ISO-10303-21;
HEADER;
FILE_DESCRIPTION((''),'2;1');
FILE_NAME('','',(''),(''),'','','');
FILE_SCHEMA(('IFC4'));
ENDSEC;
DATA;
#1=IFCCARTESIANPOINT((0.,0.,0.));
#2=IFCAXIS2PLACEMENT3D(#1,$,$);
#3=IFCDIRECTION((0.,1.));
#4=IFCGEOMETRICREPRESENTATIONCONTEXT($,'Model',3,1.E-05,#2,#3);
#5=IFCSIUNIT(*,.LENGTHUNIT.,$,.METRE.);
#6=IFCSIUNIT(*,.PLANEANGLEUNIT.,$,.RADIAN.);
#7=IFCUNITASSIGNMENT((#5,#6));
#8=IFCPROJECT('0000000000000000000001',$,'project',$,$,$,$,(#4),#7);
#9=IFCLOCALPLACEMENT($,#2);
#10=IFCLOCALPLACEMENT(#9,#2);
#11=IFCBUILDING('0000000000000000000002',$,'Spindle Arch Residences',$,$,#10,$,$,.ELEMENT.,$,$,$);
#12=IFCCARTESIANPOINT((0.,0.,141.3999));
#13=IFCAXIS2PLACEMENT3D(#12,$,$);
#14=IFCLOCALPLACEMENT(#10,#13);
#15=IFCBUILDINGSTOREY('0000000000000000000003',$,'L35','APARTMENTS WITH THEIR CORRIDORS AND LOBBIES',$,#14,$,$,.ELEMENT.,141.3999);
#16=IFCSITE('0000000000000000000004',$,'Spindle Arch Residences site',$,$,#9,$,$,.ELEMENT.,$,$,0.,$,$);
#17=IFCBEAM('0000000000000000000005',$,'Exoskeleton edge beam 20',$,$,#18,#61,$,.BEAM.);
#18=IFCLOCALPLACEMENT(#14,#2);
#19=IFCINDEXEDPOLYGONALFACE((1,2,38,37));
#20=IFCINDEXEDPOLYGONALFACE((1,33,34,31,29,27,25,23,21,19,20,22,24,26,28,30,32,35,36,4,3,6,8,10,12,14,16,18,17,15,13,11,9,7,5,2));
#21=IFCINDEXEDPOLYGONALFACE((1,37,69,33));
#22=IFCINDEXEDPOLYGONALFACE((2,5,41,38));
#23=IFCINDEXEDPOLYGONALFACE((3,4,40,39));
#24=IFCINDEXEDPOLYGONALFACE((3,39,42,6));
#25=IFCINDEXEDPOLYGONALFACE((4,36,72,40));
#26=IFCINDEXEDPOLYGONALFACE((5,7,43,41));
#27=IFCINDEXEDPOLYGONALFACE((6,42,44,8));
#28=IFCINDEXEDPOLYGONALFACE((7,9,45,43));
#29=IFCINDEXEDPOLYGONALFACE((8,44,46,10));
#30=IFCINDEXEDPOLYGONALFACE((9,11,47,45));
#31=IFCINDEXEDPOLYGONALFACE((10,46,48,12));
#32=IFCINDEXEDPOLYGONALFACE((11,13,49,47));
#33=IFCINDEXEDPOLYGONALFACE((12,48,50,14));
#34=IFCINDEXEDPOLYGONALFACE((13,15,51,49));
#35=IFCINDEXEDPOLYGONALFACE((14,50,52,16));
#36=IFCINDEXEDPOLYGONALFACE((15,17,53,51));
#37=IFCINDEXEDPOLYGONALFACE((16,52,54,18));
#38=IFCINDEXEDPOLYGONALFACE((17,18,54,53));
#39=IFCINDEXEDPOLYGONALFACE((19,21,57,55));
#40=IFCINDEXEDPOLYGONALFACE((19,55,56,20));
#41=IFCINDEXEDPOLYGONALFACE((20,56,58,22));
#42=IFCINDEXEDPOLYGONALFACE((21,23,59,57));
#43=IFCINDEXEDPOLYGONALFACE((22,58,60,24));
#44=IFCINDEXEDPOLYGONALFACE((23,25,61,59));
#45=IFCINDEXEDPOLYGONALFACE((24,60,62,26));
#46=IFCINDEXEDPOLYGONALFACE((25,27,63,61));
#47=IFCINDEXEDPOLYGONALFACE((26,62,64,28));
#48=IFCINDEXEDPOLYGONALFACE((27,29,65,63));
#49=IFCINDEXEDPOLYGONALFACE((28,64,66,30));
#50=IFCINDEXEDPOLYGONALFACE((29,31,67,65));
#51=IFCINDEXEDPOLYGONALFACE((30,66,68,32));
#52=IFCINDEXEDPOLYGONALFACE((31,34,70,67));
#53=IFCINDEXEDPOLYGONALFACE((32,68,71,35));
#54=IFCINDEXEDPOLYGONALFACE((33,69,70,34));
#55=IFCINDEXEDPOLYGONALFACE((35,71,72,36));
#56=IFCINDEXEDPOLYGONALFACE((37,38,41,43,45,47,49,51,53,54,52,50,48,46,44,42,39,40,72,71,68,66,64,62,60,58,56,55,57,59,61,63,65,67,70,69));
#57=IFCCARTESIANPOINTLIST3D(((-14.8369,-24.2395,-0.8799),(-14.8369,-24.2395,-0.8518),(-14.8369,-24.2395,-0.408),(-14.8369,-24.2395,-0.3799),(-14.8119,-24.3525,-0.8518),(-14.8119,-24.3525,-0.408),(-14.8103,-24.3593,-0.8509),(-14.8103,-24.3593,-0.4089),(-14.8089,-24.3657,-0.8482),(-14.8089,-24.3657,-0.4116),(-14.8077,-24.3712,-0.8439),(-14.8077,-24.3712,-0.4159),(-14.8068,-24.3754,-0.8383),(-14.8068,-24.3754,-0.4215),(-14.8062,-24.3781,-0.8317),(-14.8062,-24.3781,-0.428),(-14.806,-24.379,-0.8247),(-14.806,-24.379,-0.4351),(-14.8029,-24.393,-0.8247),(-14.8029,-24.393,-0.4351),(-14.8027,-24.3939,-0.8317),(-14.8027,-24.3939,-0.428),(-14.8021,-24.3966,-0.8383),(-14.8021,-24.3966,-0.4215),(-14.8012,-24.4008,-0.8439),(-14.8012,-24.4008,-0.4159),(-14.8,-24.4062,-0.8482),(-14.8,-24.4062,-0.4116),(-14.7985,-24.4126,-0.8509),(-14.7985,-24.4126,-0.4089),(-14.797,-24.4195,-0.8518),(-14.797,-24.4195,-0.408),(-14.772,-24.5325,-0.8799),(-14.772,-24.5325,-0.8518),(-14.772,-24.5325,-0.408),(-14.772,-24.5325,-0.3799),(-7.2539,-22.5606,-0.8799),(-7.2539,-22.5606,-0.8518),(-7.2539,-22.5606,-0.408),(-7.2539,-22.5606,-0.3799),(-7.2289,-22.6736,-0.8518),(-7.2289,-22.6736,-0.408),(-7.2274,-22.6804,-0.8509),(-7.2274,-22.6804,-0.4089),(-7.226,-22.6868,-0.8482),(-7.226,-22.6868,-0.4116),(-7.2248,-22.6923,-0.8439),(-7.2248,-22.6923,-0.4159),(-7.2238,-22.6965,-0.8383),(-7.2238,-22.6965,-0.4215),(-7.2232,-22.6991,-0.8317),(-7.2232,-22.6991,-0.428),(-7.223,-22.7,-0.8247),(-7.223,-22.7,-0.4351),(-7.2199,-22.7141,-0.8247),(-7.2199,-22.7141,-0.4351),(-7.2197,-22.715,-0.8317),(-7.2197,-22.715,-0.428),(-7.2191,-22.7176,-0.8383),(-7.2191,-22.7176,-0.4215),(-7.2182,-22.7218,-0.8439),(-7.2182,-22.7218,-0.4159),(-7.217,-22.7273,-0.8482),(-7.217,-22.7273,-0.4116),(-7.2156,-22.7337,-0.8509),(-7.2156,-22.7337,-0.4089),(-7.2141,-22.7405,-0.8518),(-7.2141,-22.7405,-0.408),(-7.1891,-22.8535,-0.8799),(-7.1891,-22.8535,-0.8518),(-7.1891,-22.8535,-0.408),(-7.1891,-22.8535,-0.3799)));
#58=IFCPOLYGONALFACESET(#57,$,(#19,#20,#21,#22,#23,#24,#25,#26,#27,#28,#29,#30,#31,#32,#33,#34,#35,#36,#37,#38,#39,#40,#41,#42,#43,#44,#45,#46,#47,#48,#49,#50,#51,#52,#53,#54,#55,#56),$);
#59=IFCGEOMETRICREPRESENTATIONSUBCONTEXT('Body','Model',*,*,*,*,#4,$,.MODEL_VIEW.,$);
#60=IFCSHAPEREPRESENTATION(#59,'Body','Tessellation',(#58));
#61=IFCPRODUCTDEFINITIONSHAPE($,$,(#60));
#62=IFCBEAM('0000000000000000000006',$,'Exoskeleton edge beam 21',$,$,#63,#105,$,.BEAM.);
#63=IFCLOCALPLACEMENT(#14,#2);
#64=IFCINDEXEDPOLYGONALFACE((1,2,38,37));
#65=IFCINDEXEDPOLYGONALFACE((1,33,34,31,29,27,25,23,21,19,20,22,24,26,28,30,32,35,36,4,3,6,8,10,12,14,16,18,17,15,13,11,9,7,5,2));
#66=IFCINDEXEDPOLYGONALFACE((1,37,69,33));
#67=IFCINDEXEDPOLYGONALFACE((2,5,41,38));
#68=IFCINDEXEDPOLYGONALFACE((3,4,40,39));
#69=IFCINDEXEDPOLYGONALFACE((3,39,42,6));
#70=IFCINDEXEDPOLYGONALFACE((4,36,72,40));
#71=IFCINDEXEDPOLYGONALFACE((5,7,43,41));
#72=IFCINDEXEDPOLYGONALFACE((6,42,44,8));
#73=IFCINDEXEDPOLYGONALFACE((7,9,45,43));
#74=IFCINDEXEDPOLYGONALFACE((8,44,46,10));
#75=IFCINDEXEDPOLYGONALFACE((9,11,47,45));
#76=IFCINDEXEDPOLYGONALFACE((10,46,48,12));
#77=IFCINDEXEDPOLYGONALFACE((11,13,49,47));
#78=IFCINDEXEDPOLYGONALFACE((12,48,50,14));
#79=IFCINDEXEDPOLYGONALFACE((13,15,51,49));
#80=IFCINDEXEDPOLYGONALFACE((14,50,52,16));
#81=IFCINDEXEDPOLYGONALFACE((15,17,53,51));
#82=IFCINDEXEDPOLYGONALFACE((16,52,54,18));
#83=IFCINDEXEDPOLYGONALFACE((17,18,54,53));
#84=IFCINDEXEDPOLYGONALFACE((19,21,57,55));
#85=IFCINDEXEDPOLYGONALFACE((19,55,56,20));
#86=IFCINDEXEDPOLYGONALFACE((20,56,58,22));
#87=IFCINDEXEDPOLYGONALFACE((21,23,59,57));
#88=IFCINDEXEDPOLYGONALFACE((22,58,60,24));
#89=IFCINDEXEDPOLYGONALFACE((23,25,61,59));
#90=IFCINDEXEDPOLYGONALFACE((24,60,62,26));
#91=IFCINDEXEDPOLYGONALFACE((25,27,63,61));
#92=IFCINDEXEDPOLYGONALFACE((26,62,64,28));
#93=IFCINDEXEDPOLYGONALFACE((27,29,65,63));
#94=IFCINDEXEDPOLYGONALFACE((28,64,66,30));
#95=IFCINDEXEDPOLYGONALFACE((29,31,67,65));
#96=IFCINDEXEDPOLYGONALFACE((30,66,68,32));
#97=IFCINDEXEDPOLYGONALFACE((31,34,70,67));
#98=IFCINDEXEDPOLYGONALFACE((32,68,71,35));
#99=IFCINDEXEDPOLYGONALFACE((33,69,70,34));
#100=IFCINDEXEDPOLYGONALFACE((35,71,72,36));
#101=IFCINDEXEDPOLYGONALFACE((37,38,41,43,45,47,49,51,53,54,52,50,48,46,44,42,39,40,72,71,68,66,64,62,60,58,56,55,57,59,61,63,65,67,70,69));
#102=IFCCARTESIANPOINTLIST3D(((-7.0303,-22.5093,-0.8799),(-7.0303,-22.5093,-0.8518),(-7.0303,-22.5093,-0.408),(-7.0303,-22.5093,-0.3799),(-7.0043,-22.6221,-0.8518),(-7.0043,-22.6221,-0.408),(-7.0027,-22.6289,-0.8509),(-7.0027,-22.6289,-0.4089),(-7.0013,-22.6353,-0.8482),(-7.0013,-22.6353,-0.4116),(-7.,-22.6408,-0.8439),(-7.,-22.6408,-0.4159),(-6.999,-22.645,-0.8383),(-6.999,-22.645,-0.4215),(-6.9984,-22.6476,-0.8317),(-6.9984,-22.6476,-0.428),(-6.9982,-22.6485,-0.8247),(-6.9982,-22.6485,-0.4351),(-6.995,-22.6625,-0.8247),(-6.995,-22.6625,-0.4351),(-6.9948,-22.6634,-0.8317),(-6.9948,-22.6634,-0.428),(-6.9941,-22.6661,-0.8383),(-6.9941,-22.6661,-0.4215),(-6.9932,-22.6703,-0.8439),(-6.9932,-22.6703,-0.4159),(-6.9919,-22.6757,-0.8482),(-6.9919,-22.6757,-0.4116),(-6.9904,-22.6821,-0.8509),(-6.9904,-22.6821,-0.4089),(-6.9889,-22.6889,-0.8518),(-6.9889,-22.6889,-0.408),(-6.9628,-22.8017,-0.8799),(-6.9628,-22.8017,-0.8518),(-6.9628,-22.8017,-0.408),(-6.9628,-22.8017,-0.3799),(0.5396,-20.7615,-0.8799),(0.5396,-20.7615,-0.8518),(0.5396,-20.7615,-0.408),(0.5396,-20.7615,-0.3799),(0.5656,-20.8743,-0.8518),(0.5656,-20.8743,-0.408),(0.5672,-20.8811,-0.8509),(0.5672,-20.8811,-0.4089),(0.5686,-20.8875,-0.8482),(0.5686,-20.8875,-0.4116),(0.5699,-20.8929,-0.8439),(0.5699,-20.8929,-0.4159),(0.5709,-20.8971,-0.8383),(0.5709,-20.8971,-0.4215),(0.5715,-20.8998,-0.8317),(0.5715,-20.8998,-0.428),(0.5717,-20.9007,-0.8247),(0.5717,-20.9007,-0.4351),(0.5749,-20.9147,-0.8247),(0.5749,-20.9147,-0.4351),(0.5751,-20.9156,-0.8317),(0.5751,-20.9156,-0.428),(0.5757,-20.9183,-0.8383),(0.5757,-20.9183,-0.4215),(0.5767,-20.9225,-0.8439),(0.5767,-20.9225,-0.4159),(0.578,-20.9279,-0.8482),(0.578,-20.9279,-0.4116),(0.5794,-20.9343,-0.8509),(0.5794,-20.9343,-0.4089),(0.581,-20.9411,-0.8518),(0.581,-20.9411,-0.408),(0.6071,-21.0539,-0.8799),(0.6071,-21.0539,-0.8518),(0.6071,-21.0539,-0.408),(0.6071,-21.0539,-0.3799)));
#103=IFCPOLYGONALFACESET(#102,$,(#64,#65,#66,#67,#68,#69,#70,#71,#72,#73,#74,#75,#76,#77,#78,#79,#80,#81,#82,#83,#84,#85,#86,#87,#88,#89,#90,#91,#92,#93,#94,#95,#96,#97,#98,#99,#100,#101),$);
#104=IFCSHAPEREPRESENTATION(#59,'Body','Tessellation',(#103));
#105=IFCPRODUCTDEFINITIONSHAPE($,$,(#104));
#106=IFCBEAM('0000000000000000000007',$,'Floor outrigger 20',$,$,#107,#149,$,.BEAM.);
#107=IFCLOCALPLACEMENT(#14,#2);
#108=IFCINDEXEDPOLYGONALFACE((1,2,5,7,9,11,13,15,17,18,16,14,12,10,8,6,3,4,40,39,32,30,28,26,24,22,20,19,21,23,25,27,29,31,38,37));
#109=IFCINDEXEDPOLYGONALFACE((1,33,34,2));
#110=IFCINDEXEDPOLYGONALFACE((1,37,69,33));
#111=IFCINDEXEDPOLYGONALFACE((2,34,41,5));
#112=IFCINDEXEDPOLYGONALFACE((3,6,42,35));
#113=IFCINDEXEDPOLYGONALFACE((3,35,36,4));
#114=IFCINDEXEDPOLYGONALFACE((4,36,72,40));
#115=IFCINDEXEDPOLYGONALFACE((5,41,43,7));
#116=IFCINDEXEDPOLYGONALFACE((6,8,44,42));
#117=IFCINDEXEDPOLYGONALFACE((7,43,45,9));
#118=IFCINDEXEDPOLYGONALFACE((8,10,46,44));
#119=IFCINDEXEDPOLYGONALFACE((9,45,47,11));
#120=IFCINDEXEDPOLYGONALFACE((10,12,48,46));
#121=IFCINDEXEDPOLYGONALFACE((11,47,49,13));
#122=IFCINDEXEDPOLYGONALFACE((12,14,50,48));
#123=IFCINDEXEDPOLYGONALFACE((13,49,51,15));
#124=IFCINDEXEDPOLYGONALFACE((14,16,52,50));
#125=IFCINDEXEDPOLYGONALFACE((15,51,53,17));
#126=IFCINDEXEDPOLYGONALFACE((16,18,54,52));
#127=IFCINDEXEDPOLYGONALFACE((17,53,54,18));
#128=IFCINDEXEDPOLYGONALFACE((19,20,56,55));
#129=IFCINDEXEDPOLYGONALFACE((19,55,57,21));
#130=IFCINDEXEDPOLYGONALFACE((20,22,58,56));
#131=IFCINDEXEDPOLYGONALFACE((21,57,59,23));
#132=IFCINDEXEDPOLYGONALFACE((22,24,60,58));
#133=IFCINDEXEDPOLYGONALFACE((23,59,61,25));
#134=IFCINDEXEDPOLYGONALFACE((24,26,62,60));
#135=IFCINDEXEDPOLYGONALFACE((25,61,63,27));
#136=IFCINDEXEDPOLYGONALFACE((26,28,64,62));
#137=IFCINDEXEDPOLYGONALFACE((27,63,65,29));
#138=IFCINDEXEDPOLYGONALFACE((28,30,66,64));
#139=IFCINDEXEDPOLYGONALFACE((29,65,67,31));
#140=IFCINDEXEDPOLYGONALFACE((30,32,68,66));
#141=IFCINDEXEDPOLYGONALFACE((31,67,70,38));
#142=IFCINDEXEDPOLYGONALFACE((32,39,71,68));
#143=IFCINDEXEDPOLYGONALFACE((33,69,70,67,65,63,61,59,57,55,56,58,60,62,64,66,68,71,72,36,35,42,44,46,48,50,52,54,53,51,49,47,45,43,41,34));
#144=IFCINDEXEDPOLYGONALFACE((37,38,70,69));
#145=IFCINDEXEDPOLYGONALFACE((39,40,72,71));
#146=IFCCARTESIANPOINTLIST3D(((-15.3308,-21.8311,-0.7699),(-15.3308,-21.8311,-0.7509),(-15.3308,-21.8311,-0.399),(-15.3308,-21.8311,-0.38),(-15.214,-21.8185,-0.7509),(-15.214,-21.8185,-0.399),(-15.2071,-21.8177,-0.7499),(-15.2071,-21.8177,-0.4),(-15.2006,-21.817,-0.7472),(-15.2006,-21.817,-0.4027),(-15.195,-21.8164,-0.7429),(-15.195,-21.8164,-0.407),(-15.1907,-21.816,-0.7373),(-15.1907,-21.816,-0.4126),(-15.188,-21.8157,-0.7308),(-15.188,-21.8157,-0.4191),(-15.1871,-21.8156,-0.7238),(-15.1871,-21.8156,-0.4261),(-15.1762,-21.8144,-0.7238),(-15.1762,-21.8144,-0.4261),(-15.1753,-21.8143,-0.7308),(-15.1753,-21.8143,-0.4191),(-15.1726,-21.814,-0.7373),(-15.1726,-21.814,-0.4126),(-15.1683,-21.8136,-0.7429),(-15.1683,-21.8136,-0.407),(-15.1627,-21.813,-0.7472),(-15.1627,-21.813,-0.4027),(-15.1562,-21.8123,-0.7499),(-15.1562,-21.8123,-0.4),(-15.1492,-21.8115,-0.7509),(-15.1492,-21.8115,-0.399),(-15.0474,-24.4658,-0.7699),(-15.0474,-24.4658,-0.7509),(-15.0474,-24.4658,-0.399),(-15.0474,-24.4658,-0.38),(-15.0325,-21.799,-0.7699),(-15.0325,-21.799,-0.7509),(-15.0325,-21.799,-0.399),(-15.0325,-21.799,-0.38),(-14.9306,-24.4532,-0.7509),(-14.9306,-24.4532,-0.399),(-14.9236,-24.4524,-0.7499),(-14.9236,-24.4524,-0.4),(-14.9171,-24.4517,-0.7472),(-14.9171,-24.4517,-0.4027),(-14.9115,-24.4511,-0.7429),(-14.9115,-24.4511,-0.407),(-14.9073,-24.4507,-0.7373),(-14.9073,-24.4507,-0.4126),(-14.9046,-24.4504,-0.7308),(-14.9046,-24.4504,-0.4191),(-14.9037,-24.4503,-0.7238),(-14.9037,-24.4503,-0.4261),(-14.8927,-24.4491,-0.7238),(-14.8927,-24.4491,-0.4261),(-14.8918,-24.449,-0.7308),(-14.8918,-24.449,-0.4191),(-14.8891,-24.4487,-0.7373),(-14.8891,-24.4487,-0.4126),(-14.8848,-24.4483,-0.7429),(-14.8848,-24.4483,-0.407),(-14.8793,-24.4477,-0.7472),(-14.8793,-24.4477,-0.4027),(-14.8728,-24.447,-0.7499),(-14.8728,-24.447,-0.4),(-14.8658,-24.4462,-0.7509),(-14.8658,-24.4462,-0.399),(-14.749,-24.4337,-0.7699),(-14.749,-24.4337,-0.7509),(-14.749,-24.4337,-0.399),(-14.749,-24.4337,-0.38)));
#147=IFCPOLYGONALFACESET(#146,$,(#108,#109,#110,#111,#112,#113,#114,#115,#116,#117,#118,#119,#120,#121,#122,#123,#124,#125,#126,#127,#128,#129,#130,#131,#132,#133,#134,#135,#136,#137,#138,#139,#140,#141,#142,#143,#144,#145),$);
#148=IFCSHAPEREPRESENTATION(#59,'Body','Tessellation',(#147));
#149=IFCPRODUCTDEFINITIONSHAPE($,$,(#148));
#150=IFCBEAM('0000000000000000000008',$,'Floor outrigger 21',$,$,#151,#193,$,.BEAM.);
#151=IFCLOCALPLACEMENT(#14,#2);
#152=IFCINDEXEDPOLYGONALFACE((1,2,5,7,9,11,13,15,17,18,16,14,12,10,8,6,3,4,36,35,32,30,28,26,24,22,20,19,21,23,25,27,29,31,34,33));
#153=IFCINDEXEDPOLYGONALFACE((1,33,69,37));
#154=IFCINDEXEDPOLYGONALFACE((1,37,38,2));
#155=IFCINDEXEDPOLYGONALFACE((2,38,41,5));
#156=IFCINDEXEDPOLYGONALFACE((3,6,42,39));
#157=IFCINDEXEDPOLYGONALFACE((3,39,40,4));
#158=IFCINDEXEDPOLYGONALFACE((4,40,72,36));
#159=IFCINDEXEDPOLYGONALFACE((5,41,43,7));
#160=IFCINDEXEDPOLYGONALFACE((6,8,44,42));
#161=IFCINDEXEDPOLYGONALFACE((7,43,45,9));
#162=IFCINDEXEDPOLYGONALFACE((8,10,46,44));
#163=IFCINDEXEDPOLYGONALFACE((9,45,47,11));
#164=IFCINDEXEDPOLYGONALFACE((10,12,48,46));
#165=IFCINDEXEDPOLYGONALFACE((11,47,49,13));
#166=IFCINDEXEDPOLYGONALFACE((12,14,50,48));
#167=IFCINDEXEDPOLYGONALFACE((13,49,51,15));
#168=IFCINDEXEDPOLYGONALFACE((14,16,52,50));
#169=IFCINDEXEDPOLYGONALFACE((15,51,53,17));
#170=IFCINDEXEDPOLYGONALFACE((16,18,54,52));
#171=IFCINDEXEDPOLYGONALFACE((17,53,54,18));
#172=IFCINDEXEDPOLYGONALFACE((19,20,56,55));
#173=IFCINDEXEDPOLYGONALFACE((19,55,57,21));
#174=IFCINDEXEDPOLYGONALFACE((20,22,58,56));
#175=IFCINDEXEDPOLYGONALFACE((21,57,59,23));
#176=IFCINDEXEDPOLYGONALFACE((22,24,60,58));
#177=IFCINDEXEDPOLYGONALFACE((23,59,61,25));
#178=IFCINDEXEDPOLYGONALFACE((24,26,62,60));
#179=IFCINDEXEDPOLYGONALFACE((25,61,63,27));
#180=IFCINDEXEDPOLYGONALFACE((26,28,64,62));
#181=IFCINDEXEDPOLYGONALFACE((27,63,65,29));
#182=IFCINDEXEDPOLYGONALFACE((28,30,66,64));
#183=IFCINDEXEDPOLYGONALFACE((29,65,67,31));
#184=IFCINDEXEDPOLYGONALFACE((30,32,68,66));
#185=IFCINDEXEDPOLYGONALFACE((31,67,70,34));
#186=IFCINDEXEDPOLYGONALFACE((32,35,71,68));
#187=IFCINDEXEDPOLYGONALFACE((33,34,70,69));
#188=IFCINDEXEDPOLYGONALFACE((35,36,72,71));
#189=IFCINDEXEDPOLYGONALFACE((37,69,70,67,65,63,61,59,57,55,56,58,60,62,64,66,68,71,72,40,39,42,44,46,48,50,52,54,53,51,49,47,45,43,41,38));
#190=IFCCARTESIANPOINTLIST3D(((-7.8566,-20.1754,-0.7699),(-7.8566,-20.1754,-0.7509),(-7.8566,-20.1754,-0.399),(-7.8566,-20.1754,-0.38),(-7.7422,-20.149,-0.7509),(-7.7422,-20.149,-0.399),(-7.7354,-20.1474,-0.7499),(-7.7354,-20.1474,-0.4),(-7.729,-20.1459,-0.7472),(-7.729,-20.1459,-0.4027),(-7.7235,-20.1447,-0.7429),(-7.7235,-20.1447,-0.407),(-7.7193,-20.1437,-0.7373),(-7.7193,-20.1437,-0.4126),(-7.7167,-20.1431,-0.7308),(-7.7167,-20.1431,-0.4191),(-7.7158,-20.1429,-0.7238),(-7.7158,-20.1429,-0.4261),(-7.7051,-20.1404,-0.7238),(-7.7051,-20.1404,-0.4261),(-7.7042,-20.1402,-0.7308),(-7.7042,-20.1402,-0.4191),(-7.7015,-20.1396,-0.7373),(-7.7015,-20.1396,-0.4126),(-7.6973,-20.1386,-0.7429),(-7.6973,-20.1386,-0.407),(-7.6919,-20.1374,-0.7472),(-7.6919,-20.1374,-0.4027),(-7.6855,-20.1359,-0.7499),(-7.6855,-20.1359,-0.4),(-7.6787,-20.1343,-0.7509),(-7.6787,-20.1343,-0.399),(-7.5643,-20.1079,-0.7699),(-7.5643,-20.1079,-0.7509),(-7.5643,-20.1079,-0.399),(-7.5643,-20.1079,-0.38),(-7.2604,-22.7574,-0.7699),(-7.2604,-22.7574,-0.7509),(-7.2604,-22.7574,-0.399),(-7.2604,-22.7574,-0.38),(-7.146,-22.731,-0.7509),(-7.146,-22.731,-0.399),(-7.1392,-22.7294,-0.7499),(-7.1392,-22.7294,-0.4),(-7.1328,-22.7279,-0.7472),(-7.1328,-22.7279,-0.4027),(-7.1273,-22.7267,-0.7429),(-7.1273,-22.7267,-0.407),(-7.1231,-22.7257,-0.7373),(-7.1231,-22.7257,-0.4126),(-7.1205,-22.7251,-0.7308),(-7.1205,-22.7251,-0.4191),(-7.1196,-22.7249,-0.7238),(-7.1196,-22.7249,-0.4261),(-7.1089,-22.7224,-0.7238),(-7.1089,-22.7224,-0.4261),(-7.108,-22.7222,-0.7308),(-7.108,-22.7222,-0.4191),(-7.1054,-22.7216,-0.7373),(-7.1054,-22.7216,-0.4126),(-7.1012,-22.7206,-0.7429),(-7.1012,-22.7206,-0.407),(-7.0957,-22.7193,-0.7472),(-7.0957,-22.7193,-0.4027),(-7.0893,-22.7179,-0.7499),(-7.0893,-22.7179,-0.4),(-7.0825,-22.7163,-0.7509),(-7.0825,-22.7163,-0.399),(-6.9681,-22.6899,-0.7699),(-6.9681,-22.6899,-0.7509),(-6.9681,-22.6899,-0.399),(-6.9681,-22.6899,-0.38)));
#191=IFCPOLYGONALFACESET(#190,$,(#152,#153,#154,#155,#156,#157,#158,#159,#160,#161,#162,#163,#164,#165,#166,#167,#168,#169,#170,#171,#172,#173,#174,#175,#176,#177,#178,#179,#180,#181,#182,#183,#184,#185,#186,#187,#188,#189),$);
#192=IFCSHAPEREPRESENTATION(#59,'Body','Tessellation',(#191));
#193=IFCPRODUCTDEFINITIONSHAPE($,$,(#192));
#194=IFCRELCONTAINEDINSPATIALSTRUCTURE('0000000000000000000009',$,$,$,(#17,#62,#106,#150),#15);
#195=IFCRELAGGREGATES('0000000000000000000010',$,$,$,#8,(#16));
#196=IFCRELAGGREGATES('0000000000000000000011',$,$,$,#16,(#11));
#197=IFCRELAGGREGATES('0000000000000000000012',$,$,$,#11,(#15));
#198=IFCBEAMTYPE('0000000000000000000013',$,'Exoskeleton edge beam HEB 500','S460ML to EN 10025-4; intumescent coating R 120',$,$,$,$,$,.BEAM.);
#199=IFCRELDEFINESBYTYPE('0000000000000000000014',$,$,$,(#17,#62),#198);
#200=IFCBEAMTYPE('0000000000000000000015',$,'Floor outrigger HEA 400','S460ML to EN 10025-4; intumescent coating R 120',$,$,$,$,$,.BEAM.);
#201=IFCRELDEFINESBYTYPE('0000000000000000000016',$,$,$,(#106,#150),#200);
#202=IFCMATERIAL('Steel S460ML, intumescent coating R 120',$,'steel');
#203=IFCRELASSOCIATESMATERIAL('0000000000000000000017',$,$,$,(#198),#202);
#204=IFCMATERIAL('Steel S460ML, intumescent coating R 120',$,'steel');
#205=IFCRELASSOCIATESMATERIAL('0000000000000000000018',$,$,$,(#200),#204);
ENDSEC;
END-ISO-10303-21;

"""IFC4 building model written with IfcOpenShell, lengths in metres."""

from ifc_helpers import new_model, si_unit, direction, frame, origin, origin_2d, place, context, subcontext, project, spatial, i_section, extrude, material, material_profile, profile_set, type_object, element, save


model = new_model("IFC4")

# Units and contexts
model_context = context("Model", 3, precision=1e-05, world=origin(), true_north=direction((0.0, 1.0)))
body_context = subcontext(model_context, "Body", "Model", "MODEL_VIEW")
ifc_project = project(units=[si_unit("LENGTHUNIT", "METRE"), si_unit("PLANEANGLEUNIT", "RADIAN")], contexts=[model_context])

# Site, building, storey
site_placement = place(None, origin())
site = spatial("IfcSite", under=ifc_project, at=site_placement, Name="Spindle Arch Residences site", CompositionType="ELEMENT", RefElevation=0.0)
building_placement = place(site_placement, origin())
building = spatial("IfcBuilding", under=site, at=building_placement, Name="Spindle Arch Residences", CompositionType="ELEMENT")
storey_placement = place(building_placement, frame((0.0, 0.0, 141.3999)))
storey = spatial("IfcBuildingStorey", under=building, at=storey_placement, Name="L35", Description="APARTMENTS WITH THEIR CORRIDORS AND LOBBIES", CompositionType="ELEMENT", Elevation=141.3999)

# Beams
ifc_material_1 = material(Name="Steel S460ML, intumescent coating R 120", Category="steel")
ifc_material_profile_1 = material_profile(ifc_material_1, i_section(OverallWidth=0.3, OverallDepth=0.5, WebThickness=0.0144, FlangeThickness=0.0281, FilletRadius=0.0271, at=origin_2d()), Name="HEB 500")
ifc_profile_set_1 = profile_set([ifc_material_profile_1], Name="Steel S460ML, intumescent coating R 120")
beam_type_1 = type_object("IfcBeamType", Name="Exoskeleton edge beam HEB 500", Description="S460ML to EN 10025-4; intumescent coating R 120", PredefinedType="BEAM", material=ifc_profile_set_1)
beam_1_placement = place(storey_placement, frame((-14.8044, -24.386, -0.6299), z_axis=(0.976355, 0.216175, 0.0), x_axis=(-0.216175, 0.976355, 0.0)))
element("IfcBeam", 1, at=beam_1_placement, inside=storey, type_object=beam_type_1, Name="Exoskeleton edge beam 20", PredefinedType="BEAM", context=body_context, shape_type="SweptSolid", body=[
    extrude(i_section(OverallWidth=0.3, OverallDepth=0.5, WebThickness=0.0144, FlangeThickness=0.0281, FilletRadius=0.0271, at=origin_2d()), origin(), (0.0, 0.0, 1.0), 7.7666),
])
beam_2_placement = place(storey_placement, frame((-6.9966, -22.6555, -0.6299), z_axis=(0.974365, 0.224972, 0.0), x_axis=(-0.224972, 0.974365, 0.0)))
element("IfcBeam", 2, at=beam_2_placement, inside=storey, type_object=beam_type_1, Name="Exoskeleton edge beam 21", PredefinedType="BEAM", context=body_context, shape_type="SweptSolid", body=[
    extrude(i_section(OverallWidth=0.3, OverallDepth=0.5, WebThickness=0.0144, FlangeThickness=0.0281, FilletRadius=0.0271, at=origin_2d()), origin(), (0.0, 0.0, 1.0), 7.769),
])
ifc_material_2 = material(Name="Steel S460ML, intumescent coating R 120", Category="steel")
ifc_material_profile_2 = material_profile(ifc_material_2, i_section(OverallWidth=0.3, OverallDepth=0.3899, WebThickness=0.011, FlangeThickness=0.019, FilletRadius=0.0271, at=origin_2d()), Name="HEA 400")
ifc_profile_set_2 = profile_set([ifc_material_profile_2], Name="Steel S460ML, intumescent coating R 120")
beam_type_2 = type_object("IfcBeamType", Name="Floor outrigger HEA 400", Description="S460ML to EN 10025-4; intumescent coating R 120", PredefinedType="BEAM", material=ifc_profile_set_2)
for number, where, z_axis, x_axis, name in (
    (3, (-14.8982, -24.4497, -0.575), (-0.106963, 0.994263, 0.0), (-0.994263, -0.106963, 0.0), "Floor outrigger 20"),
    (4, (-7.1143, -22.7236, -0.575), (-0.224981, 0.974363, 0.0), (-0.974363, -0.224981, 0.0), "Floor outrigger 21"),
):
    element("IfcBeam", number, at=place(storey_placement, frame(where, z_axis=z_axis, x_axis=x_axis)), inside=storey, type_object=beam_type_2, Name=name, PredefinedType="BEAM", context=body_context, shape_type="SweptSolid", body=[
        extrude(i_section(OverallWidth=0.3, OverallDepth=0.3899, WebThickness=0.011, FlangeThickness=0.019, FilletRadius=0.0271, at=origin_2d()), origin(), (0.0, 0.0, 1.0), 2.6499),
    ])

save(model, "model.ifc")
